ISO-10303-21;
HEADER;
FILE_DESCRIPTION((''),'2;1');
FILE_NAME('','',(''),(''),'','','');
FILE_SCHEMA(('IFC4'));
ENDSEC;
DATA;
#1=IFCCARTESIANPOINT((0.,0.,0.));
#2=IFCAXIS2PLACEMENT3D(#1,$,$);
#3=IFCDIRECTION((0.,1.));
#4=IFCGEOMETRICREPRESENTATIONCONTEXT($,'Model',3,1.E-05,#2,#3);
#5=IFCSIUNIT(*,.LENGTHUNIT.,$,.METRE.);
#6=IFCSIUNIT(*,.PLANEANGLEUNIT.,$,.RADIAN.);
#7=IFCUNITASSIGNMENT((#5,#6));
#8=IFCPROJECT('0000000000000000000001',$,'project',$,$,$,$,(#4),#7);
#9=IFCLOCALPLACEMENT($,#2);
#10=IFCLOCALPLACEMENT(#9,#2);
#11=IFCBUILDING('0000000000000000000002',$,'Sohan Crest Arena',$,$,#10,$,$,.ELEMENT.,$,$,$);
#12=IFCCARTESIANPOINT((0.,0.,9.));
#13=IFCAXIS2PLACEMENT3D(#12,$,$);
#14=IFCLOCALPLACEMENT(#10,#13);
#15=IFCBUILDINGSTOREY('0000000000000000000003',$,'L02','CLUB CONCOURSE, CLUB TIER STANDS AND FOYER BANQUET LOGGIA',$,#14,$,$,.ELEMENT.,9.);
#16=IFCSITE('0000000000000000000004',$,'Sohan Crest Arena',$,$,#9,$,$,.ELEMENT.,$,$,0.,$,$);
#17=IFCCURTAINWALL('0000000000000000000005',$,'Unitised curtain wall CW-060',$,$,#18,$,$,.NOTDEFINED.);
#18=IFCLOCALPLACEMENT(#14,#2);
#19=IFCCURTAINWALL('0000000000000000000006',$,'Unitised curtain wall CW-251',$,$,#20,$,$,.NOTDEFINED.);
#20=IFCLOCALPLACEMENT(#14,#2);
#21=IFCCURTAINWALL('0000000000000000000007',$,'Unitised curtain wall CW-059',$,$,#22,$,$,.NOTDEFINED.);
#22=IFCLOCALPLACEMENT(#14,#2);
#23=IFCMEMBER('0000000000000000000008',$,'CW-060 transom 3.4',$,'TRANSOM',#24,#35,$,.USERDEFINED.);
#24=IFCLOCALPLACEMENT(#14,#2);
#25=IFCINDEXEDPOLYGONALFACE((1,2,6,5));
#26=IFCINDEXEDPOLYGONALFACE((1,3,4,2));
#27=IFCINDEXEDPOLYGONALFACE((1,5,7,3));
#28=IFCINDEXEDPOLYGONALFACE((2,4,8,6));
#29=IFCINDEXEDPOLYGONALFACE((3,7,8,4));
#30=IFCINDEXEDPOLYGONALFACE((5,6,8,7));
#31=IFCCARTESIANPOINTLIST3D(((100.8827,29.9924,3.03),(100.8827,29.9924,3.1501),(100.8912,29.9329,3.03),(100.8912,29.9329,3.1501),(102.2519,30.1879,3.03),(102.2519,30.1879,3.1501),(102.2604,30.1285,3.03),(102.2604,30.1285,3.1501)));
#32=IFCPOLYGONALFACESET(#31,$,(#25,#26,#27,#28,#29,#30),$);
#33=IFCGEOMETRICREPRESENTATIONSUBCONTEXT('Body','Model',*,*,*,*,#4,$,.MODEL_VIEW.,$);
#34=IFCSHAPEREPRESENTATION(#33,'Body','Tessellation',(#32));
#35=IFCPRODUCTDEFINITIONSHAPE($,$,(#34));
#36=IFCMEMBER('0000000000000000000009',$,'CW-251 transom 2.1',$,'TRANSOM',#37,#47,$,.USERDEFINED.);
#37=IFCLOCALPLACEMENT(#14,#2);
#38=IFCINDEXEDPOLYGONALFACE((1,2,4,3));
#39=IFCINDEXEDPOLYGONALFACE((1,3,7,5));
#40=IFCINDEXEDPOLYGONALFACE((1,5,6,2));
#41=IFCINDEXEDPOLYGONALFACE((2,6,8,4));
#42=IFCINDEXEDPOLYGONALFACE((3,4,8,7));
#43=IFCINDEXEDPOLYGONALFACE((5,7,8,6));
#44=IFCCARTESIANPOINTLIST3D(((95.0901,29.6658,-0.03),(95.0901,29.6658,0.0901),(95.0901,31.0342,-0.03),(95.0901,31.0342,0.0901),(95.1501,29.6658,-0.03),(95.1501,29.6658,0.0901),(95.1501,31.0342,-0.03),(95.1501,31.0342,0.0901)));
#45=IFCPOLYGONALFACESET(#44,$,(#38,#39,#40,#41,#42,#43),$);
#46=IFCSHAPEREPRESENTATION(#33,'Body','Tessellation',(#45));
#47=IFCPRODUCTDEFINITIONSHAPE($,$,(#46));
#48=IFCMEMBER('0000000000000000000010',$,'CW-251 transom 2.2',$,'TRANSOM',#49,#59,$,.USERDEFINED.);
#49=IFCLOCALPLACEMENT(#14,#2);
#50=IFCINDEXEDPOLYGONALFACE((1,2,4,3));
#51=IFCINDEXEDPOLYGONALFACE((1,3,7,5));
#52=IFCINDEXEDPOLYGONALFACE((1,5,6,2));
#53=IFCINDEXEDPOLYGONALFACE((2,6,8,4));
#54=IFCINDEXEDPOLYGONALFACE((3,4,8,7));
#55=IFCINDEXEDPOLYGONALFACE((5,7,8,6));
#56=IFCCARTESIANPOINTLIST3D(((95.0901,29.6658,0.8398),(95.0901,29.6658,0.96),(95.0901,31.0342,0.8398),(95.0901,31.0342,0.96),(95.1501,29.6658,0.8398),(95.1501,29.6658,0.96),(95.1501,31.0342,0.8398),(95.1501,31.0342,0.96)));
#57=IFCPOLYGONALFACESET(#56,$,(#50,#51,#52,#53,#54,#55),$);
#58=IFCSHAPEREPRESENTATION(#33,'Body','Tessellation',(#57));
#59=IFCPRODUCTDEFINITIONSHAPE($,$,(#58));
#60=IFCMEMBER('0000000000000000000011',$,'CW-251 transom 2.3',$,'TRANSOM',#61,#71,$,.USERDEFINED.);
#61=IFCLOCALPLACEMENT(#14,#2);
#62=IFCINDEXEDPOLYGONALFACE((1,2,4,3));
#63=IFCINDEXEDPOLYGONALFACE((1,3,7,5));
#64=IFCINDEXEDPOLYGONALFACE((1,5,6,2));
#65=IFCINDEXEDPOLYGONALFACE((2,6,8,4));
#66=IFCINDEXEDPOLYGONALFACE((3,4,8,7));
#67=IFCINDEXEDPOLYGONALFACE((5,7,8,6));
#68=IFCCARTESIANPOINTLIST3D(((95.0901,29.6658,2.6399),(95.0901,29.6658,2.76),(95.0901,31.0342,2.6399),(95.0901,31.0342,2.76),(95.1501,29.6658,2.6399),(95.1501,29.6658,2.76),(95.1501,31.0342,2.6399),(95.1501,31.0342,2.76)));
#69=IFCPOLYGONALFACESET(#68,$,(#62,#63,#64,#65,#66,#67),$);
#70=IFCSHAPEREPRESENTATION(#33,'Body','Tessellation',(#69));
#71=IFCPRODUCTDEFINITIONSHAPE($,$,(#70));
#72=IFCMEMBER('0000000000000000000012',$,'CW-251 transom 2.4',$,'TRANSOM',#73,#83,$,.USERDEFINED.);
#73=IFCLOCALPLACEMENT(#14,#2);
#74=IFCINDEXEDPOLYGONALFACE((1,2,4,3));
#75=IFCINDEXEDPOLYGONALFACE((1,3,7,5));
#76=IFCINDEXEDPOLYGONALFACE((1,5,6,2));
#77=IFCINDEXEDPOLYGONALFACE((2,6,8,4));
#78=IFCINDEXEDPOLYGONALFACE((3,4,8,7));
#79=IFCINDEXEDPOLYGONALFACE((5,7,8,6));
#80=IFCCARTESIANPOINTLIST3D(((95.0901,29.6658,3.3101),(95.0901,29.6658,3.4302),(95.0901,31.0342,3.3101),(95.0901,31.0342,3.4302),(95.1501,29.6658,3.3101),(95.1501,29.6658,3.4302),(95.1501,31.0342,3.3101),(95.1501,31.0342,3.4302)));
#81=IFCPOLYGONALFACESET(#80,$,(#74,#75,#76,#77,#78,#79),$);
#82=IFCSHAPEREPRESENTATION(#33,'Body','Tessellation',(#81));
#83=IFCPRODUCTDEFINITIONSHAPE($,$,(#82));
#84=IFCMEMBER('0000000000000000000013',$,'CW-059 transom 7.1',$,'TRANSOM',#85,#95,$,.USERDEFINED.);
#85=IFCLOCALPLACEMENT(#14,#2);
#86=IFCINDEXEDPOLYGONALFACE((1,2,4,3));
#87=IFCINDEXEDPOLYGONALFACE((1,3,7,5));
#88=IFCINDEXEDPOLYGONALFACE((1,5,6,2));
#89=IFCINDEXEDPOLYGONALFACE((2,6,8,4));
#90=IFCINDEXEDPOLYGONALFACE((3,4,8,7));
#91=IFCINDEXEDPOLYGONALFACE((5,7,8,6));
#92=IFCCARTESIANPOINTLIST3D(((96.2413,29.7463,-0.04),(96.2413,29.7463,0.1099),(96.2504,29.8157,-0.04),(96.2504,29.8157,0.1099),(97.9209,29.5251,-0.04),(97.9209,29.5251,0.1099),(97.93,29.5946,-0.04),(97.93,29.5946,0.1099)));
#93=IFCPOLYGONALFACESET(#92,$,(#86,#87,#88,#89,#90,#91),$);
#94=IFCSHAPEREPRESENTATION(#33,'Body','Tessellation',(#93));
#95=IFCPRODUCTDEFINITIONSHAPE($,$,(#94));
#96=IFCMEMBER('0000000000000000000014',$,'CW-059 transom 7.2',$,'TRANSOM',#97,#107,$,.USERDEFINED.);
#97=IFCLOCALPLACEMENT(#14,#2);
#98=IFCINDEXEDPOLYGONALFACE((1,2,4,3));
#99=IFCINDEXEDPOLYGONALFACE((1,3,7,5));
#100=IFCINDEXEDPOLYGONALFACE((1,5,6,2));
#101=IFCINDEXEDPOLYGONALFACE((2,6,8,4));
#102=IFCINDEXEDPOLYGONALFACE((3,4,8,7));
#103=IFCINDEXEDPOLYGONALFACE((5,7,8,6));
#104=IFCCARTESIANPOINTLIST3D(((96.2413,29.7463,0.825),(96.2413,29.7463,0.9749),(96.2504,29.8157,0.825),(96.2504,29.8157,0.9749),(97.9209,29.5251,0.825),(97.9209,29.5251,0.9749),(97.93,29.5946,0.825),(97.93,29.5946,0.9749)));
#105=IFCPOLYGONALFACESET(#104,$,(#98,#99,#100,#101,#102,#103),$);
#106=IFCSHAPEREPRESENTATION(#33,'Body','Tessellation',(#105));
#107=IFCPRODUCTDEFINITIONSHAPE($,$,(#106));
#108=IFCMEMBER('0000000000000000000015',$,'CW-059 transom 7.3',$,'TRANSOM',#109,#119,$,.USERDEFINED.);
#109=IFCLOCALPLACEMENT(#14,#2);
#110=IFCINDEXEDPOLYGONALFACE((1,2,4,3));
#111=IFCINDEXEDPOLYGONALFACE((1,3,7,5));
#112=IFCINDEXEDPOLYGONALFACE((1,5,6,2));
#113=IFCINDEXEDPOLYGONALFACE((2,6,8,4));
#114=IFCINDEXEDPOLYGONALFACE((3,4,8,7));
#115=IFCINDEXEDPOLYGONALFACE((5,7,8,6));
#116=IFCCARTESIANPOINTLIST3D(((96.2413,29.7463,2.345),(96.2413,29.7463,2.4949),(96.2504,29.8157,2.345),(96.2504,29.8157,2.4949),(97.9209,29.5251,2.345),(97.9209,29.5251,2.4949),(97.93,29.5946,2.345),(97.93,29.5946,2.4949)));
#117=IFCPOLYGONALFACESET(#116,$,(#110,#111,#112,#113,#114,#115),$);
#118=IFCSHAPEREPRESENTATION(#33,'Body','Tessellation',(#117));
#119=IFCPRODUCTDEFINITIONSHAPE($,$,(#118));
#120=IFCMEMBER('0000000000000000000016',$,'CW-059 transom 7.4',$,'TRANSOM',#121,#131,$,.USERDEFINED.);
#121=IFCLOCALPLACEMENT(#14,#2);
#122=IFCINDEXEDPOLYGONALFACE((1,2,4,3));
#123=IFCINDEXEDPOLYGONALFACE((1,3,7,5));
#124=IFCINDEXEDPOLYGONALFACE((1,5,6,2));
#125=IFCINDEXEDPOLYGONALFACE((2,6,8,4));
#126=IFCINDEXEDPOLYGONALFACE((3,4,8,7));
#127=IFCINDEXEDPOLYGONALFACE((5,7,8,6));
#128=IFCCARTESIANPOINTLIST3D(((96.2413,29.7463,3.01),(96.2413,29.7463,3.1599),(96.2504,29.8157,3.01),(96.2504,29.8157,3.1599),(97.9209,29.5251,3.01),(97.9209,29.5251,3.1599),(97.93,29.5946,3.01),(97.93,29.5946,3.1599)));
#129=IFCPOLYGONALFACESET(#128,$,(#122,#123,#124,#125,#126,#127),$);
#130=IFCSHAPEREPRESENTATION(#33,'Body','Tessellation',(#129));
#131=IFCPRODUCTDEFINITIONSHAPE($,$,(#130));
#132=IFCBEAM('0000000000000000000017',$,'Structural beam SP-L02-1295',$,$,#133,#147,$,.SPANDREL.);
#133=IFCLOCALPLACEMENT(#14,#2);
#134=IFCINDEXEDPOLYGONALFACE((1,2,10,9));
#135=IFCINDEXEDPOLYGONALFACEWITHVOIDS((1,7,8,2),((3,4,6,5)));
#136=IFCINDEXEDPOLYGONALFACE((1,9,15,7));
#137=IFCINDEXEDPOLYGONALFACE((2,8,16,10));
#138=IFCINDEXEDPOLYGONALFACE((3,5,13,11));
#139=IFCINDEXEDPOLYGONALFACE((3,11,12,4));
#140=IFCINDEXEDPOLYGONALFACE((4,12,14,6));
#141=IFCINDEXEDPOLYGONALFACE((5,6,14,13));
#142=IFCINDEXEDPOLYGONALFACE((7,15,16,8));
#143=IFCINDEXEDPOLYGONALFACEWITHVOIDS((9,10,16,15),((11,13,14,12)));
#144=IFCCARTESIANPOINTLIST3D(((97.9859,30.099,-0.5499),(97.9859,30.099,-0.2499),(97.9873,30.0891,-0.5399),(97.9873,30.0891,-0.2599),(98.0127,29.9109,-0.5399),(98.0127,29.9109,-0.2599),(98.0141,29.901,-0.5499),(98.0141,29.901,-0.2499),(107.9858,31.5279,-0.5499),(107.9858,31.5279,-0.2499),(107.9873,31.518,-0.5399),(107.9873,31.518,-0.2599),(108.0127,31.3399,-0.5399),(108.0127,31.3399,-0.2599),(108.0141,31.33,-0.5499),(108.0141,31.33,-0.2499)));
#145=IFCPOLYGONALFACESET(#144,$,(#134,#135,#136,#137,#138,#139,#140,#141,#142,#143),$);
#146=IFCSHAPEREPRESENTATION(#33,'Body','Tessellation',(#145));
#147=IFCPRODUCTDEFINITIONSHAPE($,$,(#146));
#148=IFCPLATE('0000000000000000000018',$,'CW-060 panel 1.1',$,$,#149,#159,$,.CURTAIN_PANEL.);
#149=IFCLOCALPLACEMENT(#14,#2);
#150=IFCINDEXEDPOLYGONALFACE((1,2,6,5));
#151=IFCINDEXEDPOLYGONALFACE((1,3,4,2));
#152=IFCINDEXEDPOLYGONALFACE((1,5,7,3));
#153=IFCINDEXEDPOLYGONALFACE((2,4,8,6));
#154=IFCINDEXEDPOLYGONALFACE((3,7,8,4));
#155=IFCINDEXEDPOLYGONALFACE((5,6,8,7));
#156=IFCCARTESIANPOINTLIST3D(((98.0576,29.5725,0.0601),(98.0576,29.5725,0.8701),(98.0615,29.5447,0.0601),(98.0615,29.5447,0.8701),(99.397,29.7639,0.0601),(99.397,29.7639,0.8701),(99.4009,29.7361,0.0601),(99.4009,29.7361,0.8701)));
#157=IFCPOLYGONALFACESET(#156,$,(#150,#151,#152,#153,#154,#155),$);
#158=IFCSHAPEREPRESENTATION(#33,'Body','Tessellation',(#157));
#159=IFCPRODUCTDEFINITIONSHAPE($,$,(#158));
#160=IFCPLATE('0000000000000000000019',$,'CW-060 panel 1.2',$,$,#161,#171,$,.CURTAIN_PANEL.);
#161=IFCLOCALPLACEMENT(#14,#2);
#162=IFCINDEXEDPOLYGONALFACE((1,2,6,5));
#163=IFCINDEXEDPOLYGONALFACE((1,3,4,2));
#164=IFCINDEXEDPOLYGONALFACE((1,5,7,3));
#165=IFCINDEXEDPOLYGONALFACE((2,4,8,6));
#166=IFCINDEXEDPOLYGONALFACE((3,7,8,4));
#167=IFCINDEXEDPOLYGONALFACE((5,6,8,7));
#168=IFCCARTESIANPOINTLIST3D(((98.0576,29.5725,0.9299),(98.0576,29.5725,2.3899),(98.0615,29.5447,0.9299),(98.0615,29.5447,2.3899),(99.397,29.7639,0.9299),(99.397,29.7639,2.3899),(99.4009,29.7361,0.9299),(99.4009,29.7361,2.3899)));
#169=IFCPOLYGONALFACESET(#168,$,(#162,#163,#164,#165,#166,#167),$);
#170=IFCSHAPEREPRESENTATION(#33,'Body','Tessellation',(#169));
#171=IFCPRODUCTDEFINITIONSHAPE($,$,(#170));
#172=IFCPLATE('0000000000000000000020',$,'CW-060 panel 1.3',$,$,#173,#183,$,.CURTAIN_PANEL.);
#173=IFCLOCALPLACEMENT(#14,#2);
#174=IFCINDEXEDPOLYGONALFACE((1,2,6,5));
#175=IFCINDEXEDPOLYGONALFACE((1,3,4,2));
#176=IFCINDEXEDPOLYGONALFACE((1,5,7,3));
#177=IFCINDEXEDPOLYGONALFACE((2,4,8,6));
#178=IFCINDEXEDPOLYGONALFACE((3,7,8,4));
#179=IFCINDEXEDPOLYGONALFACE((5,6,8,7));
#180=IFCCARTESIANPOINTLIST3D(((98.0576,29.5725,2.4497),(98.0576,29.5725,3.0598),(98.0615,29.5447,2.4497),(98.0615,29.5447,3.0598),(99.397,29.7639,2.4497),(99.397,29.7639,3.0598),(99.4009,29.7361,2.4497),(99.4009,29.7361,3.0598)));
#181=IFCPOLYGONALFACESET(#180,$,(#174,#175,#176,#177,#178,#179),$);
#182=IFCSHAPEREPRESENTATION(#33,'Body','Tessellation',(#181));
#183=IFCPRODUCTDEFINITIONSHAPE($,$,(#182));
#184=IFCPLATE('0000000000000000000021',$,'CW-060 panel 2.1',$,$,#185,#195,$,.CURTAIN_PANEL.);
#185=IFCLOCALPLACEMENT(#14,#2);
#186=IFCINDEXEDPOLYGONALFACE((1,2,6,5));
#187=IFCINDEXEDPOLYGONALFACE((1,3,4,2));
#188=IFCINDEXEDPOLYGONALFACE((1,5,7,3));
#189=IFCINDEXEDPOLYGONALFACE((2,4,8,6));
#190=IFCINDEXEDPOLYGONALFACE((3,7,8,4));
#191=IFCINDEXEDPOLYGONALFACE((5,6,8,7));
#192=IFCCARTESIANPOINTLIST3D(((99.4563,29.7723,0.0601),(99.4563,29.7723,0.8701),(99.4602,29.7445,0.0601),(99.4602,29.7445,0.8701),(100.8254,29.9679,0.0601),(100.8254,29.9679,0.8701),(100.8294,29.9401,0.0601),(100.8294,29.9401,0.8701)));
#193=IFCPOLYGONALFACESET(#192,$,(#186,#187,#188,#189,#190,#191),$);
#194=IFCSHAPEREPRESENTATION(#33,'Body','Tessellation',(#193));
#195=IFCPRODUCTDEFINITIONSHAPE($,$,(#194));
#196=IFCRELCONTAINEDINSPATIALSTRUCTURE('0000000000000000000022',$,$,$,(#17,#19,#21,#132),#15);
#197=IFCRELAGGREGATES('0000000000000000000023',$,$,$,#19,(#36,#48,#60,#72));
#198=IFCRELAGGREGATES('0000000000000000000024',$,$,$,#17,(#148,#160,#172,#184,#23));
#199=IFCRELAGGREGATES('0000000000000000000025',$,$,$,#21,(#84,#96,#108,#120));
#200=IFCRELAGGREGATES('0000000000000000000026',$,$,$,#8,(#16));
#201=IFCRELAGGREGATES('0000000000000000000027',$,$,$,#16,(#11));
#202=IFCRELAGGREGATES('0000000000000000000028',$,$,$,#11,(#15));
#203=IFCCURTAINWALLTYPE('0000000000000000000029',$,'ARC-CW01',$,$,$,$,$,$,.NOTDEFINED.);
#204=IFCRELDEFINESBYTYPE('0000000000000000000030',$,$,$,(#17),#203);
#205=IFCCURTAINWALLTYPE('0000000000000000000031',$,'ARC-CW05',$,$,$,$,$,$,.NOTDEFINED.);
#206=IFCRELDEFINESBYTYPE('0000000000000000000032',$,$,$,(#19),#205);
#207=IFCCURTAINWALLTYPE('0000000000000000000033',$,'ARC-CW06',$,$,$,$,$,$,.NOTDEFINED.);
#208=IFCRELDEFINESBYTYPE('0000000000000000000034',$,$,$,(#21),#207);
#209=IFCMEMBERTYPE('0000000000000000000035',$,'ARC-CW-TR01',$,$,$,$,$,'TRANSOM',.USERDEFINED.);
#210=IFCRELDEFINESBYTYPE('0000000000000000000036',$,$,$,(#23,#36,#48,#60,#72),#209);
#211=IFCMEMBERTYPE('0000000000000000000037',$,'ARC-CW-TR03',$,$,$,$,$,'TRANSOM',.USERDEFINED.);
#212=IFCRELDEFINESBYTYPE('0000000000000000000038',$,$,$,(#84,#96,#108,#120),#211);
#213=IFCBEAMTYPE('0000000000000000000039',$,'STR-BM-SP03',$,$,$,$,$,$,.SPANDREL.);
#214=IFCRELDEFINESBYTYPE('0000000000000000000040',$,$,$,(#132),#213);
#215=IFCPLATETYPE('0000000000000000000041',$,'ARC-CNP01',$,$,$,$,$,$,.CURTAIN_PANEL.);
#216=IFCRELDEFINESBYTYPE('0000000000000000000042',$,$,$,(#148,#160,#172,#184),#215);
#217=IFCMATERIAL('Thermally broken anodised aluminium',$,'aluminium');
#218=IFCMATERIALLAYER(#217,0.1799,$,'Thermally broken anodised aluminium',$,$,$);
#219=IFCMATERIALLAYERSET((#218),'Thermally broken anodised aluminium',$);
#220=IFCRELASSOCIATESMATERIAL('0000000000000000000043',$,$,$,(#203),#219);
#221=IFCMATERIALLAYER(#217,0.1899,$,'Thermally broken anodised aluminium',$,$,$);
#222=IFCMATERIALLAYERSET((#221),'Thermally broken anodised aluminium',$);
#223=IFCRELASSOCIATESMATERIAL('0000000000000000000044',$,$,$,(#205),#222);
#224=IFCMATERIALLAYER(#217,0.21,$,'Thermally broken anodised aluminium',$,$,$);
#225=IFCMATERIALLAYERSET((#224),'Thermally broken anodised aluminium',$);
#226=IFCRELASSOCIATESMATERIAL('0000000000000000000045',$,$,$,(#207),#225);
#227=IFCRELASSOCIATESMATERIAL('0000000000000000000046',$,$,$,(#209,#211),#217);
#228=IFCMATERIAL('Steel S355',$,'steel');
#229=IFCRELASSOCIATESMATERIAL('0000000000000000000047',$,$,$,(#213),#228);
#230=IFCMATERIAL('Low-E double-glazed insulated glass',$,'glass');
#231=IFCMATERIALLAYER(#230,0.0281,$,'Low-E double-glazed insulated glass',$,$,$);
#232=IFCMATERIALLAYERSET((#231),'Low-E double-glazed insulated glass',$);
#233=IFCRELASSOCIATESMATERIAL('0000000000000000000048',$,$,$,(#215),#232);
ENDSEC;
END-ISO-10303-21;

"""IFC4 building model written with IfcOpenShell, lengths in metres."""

from ifc_helpers import new_model, si_unit, direction, frame, origin, origin_2d, place, context, subcontext, project, spatial, rectangle, hollow_rectangle, extrude, material, layer, layer_set, material_profile, profile_set, type_object, element, aggregate, save


model = new_model("IFC4")

# Units and contexts
model_context = context("Model", 3, precision=1e-05, world=origin(), true_north=direction((0.0, 1.0)))
body_context = subcontext(model_context, "Body", "Model", "MODEL_VIEW")
ifc_project = project(units=[si_unit("LENGTHUNIT", "METRE"), si_unit("PLANEANGLEUNIT", "RADIAN")], contexts=[model_context])

# Site, building, storey
site_placement = place(None, origin())
site = spatial("IfcSite", under=ifc_project, at=site_placement, Name="Sohan Crest Arena", CompositionType="ELEMENT", RefElevation=0.0)
building_placement = place(site_placement, origin())
building = spatial("IfcBuilding", under=site, at=building_placement, Name="Sohan Crest Arena", CompositionType="ELEMENT")
storey_placement = place(building_placement, frame((0.0, 0.0, 9.0)))
storey = spatial("IfcBuildingStorey", under=building, at=storey_placement, Name="L02", Description="CLUB CONCOURSE, CLUB TIER STANDS AND FOYER BANQUET LOGGIA", CompositionType="ELEMENT", Elevation=9.0)

# Shared definitions
ifc_material_1 = material(Name="Steel S355", Category="steel")

# Curtain wall
ifc_material_2 = material(Name="Thermally broken anodised aluminium", Category="aluminium")
ifc_layer_1 = layer(ifc_material_2, 0.1799, Name="Thermally broken anodised aluminium")
ifc_layer_set_1 = layer_set([ifc_layer_1], Name="Thermally broken anodised aluminium")
curtain_wall_type_1 = type_object("IfcCurtainWallType", Name="ARC-CW01", PredefinedType="NOTDEFINED", material=ifc_layer_set_1)
curtain_wall_1_placement = place(storey_placement, origin())
curtain_wall_1 = element("IfcCurtainWall", 1, at=curtain_wall_1_placement, inside=storey, type_object=curtain_wall_type_1, Name="Unitised curtain wall CW-060", PredefinedType="NOTDEFINED")

# Curtain walls
ifc_layer_2 = layer(ifc_material_2, 0.1899, Name="Thermally broken anodised aluminium")
ifc_layer_set_2 = layer_set([ifc_layer_2], Name="Thermally broken anodised aluminium")
curtain_wall_type_2 = type_object("IfcCurtainWallType", Name="ARC-CW05", PredefinedType="NOTDEFINED", material=ifc_layer_set_2)
curtain_wall_2_placement = place(storey_placement, origin())
curtain_wall_2 = element("IfcCurtainWall", 2, at=curtain_wall_2_placement, inside=storey, type_object=curtain_wall_type_2, Name="Unitised curtain wall CW-251", PredefinedType="NOTDEFINED")
ifc_layer_3 = layer(ifc_material_2, 0.21, Name="Thermally broken anodised aluminium")
ifc_layer_set_3 = layer_set([ifc_layer_3], Name="Thermally broken anodised aluminium")
curtain_wall_type_3 = type_object("IfcCurtainWallType", Name="ARC-CW06", PredefinedType="NOTDEFINED", material=ifc_layer_set_3)
curtain_wall_3_placement = place(storey_placement, origin())
curtain_wall_3 = element("IfcCurtainWall", 3, at=curtain_wall_3_placement, inside=storey, type_object=curtain_wall_type_3, Name="Unitised curtain wall CW-059", PredefinedType="NOTDEFINED")

# Members
ifc_material_profile_1 = material_profile(ifc_material_2, rectangle(XDim=0.0601, YDim=0.1201, at=origin_2d()), Name="ALU-TRAN 60x120")
ifc_profile_set_1 = profile_set([ifc_material_profile_1], Name="Thermally broken anodised aluminium")
member_type_1 = type_object("IfcMemberType", Name="ARC-CW-TR01", ElementType="TRANSOM", PredefinedType="USERDEFINED", material=ifc_profile_set_1)
member_1_placement = place(storey_placement, frame((100.887, 29.9626, 3.0901), z_axis=(0.989953, 0.141397, 0.0), x_axis=(-0.141397, 0.989953, 0.0)))
member_1 = element("IfcMember", 4, at=member_1_placement, type_object=member_type_1, Name="CW-060 transom 3.4", ObjectType="TRANSOM", PredefinedType="USERDEFINED", context=body_context, shape_type="SweptSolid", body=[
    extrude(rectangle(XDim=0.0601, YDim=0.1201, at=origin_2d()), origin(), (0.0, 0.0, 1.0), 1.3831),
])
member_2_placement = place(storey_placement, frame((95.1201, 29.6658, 0.03), z_axis=(0.0, 1.0, 0.0), x_axis=(-1.0, 0.0, 0.0)))
member_2 = element("IfcMember", 5, at=member_2_placement, type_object=member_type_1, Name="CW-251 transom 2.1", ObjectType="TRANSOM", PredefinedType="USERDEFINED", context=body_context, shape_type="SweptSolid", body=[
    extrude(rectangle(XDim=0.0601, YDim=0.1201, at=origin_2d()), origin(), (0.0, 0.0, 1.0), 1.3684),
])
member_3_placement = place(storey_placement, frame((95.1201, 29.6658, 0.8999), z_axis=(0.0, 1.0, 0.0), x_axis=(-1.0, 0.0, 0.0)))
member_3 = element("IfcMember", 6, at=member_3_placement, type_object=member_type_1, Name="CW-251 transom 2.2", ObjectType="TRANSOM", PredefinedType="USERDEFINED", context=body_context, shape_type="SweptSolid", body=[
    extrude(rectangle(XDim=0.0601, YDim=0.1201, at=origin_2d()), origin(), (0.0, 0.0, 1.0), 1.3684),
])
member_4_placement = place(storey_placement, frame((95.1201, 29.6658, 2.7), z_axis=(0.0, 1.0, 0.0), x_axis=(-1.0, 0.0, 0.0)))
member_4 = element("IfcMember", 7, at=member_4_placement, type_object=member_type_1, Name="CW-251 transom 2.3", ObjectType="TRANSOM", PredefinedType="USERDEFINED", context=body_context, shape_type="SweptSolid", body=[
    extrude(rectangle(XDim=0.0601, YDim=0.1201, at=origin_2d()), origin(), (0.0, 0.0, 1.0), 1.3684),
])
member_5_placement = place(storey_placement, frame((95.1201, 29.6658, 3.3701), z_axis=(0.0, 1.0, 0.0), x_axis=(-1.0, 0.0, 0.0)))
member_5 = element("IfcMember", 8, at=member_5_placement, type_object=member_type_1, Name="CW-251 transom 2.4", ObjectType="TRANSOM", PredefinedType="USERDEFINED", context=body_context, shape_type="SweptSolid", body=[
    extrude(rectangle(XDim=0.0601, YDim=0.1201, at=origin_2d()), origin(), (0.0, 0.0, 1.0), 1.3684),
])
aggregate(curtain_wall_2, [member_2, member_3, member_4, member_5])
ifc_material_profile_2 = material_profile(ifc_material_2, rectangle(XDim=0.0701, YDim=0.1499, at=origin_2d()), Name="ALU-TRAN 70x150")
ifc_profile_set_2 = profile_set([ifc_material_profile_2], Name="Thermally broken anodised aluminium")
member_type_2 = type_object("IfcMemberType", Name="ARC-CW-TR03", ElementType="TRANSOM", PredefinedType="USERDEFINED", material=ifc_profile_set_2)
member_6_placement = place(storey_placement, frame((96.2458, 29.781, 0.0349), z_axis=(0.991441, -0.130559, 0.0), x_axis=(0.130559, 0.991441, 0.0)))
member_6 = element("IfcMember", 9, at=member_6_placement, type_object=member_type_2, Name="CW-059 transom 7.1", ObjectType="TRANSOM", PredefinedType="USERDEFINED", context=body_context, shape_type="SweptSolid", body=[
    extrude(rectangle(XDim=0.0701, YDim=0.1499, at=origin_2d()), origin(), (0.0, 0.0, 1.0), 1.6941),
])
member_7_placement = place(storey_placement, frame((96.2458, 29.781, 0.8999), z_axis=(0.991441, -0.130559, 0.0), x_axis=(0.130559, 0.991441, 0.0)))
member_7 = element("IfcMember", 10, at=member_7_placement, type_object=member_type_2, Name="CW-059 transom 7.2", ObjectType="TRANSOM", PredefinedType="USERDEFINED", context=body_context, shape_type="SweptSolid", body=[
    extrude(rectangle(XDim=0.0701, YDim=0.1499, at=origin_2d()), origin(), (0.0, 0.0, 1.0), 1.6941),
])
member_8_placement = place(storey_placement, frame((96.2458, 29.781, 2.4199), z_axis=(0.991441, -0.130559, 0.0), x_axis=(0.130559, 0.991441, 0.0)))
member_8 = element("IfcMember", 11, at=member_8_placement, type_object=member_type_2, Name="CW-059 transom 7.3", ObjectType="TRANSOM", PredefinedType="USERDEFINED", context=body_context, shape_type="SweptSolid", body=[
    extrude(rectangle(XDim=0.0701, YDim=0.1499, at=origin_2d()), origin(), (0.0, 0.0, 1.0), 1.6941),
])
member_9_placement = place(storey_placement, frame((96.2458, 29.781, 3.085), z_axis=(0.991441, -0.130559, 0.0), x_axis=(0.130559, 0.991441, 0.0)))
member_9 = element("IfcMember", 12, at=member_9_placement, type_object=member_type_2, Name="CW-059 transom 7.4", ObjectType="TRANSOM", PredefinedType="USERDEFINED", context=body_context, shape_type="SweptSolid", body=[
    extrude(rectangle(XDim=0.0701, YDim=0.1499, at=origin_2d()), origin(), (0.0, 0.0, 1.0), 1.6941),
])

# Beam
ifc_material_profile_3 = material_profile(ifc_material_1, hollow_rectangle(XDim=0.2, YDim=0.3, WallThickness=0.01, at=origin_2d()), Name="RHS 300x200x10")
ifc_profile_set_3 = profile_set([ifc_material_profile_3], Name="Steel S355")
beam_type = type_object("IfcBeamType", Name="STR-BM-SP03", PredefinedType="SPANDREL", material=ifc_profile_set_3)
beam_placement = place(storey_placement, frame((98.0, 30.0, -0.3999), z_axis=(0.989944, 0.141459, 0.0), x_axis=(-0.141459, 0.989944, 0.0)))
element("IfcBeam", 13, at=beam_placement, inside=storey, type_object=beam_type, Name="Structural beam SP-L02-1295", PredefinedType="SPANDREL", context=body_context, shape_type="SweptSolid", body=[
    extrude(hollow_rectangle(XDim=0.2, YDim=0.3, WallThickness=0.01, at=origin_2d()), origin(), (0.0, 0.0, 1.0), 10.1016),
])

# Plates
ifc_material_3 = material(Name="Low-E double-glazed insulated glass", Category="glass")
ifc_layer_4 = layer(ifc_material_3, 0.0281, Name="Low-E double-glazed insulated glass")
ifc_layer_set_4 = layer_set([ifc_layer_4], Name="Low-E double-glazed insulated glass")
plate_type_1 = type_object("IfcPlateType", Name="ARC-CNP01", PredefinedType="CURTAIN_PANEL", material=ifc_layer_set_4)
plate_1_placement = place(storey_placement, frame((98.7292, 29.6543, 0.0601), z_axis=(0.0, 0.0, 1.0), x_axis=(0.989944, 0.141463, 0.0)))
plate_1 = element("IfcPlate", 14, at=plate_1_placement, type_object=plate_type_1, Name="CW-060 panel 1.1", PredefinedType="CURTAIN_PANEL", context=body_context, shape_type="SweptSolid", body=[
    extrude(rectangle(XDim=1.353, YDim=0.0281, at=origin_2d()), origin(), (0.0, 0.0, 1.0), 0.8101),
])
plate_2_placement = place(storey_placement, frame((98.7292, 29.6543, 0.9299), z_axis=(0.0, 0.0, 1.0), x_axis=(0.989944, 0.141463, 0.0)))
plate_2 = element("IfcPlate", 15, at=plate_2_placement, type_object=plate_type_1, Name="CW-060 panel 1.2", PredefinedType="CURTAIN_PANEL", context=body_context, shape_type="SweptSolid", body=[
    extrude(rectangle(XDim=1.353, YDim=0.0281, at=origin_2d()), origin(), (0.0, 0.0, 1.0), 1.46),
])
plate_3_placement = place(storey_placement, frame((98.7292, 29.6543, 2.4497), z_axis=(0.0, 0.0, 1.0), x_axis=(0.989944, 0.141463, 0.0)))
plate_3 = element("IfcPlate", 16, at=plate_3_placement, type_object=plate_type_1, Name="CW-060 panel 1.3", PredefinedType="CURTAIN_PANEL", context=body_context, shape_type="SweptSolid", body=[
    extrude(rectangle(XDim=1.353, YDim=0.0281, at=origin_2d()), origin(), (0.0, 0.0, 1.0), 0.6101),
])
plate_4_placement = place(storey_placement, frame((100.1428, 29.8562, 0.0601), z_axis=(0.0, 0.0, 1.0), x_axis=(0.989944, 0.141463, 0.0)))
plate_4 = element("IfcPlate", 17, at=plate_4_placement, type_object=plate_type_1, Name="CW-060 panel 2.1", PredefinedType="CURTAIN_PANEL", context=body_context, shape_type="SweptSolid", body=[
    extrude(rectangle(XDim=1.3831, YDim=0.0281, at=origin_2d()), origin(), (0.0, 0.0, 1.0), 0.8101),
])
aggregate(curtain_wall_1, [plate_1, plate_2, plate_3, plate_4, member_1])
aggregate(curtain_wall_3, [member_6, member_7, member_8, member_9])

save(model, "model.ifc")
